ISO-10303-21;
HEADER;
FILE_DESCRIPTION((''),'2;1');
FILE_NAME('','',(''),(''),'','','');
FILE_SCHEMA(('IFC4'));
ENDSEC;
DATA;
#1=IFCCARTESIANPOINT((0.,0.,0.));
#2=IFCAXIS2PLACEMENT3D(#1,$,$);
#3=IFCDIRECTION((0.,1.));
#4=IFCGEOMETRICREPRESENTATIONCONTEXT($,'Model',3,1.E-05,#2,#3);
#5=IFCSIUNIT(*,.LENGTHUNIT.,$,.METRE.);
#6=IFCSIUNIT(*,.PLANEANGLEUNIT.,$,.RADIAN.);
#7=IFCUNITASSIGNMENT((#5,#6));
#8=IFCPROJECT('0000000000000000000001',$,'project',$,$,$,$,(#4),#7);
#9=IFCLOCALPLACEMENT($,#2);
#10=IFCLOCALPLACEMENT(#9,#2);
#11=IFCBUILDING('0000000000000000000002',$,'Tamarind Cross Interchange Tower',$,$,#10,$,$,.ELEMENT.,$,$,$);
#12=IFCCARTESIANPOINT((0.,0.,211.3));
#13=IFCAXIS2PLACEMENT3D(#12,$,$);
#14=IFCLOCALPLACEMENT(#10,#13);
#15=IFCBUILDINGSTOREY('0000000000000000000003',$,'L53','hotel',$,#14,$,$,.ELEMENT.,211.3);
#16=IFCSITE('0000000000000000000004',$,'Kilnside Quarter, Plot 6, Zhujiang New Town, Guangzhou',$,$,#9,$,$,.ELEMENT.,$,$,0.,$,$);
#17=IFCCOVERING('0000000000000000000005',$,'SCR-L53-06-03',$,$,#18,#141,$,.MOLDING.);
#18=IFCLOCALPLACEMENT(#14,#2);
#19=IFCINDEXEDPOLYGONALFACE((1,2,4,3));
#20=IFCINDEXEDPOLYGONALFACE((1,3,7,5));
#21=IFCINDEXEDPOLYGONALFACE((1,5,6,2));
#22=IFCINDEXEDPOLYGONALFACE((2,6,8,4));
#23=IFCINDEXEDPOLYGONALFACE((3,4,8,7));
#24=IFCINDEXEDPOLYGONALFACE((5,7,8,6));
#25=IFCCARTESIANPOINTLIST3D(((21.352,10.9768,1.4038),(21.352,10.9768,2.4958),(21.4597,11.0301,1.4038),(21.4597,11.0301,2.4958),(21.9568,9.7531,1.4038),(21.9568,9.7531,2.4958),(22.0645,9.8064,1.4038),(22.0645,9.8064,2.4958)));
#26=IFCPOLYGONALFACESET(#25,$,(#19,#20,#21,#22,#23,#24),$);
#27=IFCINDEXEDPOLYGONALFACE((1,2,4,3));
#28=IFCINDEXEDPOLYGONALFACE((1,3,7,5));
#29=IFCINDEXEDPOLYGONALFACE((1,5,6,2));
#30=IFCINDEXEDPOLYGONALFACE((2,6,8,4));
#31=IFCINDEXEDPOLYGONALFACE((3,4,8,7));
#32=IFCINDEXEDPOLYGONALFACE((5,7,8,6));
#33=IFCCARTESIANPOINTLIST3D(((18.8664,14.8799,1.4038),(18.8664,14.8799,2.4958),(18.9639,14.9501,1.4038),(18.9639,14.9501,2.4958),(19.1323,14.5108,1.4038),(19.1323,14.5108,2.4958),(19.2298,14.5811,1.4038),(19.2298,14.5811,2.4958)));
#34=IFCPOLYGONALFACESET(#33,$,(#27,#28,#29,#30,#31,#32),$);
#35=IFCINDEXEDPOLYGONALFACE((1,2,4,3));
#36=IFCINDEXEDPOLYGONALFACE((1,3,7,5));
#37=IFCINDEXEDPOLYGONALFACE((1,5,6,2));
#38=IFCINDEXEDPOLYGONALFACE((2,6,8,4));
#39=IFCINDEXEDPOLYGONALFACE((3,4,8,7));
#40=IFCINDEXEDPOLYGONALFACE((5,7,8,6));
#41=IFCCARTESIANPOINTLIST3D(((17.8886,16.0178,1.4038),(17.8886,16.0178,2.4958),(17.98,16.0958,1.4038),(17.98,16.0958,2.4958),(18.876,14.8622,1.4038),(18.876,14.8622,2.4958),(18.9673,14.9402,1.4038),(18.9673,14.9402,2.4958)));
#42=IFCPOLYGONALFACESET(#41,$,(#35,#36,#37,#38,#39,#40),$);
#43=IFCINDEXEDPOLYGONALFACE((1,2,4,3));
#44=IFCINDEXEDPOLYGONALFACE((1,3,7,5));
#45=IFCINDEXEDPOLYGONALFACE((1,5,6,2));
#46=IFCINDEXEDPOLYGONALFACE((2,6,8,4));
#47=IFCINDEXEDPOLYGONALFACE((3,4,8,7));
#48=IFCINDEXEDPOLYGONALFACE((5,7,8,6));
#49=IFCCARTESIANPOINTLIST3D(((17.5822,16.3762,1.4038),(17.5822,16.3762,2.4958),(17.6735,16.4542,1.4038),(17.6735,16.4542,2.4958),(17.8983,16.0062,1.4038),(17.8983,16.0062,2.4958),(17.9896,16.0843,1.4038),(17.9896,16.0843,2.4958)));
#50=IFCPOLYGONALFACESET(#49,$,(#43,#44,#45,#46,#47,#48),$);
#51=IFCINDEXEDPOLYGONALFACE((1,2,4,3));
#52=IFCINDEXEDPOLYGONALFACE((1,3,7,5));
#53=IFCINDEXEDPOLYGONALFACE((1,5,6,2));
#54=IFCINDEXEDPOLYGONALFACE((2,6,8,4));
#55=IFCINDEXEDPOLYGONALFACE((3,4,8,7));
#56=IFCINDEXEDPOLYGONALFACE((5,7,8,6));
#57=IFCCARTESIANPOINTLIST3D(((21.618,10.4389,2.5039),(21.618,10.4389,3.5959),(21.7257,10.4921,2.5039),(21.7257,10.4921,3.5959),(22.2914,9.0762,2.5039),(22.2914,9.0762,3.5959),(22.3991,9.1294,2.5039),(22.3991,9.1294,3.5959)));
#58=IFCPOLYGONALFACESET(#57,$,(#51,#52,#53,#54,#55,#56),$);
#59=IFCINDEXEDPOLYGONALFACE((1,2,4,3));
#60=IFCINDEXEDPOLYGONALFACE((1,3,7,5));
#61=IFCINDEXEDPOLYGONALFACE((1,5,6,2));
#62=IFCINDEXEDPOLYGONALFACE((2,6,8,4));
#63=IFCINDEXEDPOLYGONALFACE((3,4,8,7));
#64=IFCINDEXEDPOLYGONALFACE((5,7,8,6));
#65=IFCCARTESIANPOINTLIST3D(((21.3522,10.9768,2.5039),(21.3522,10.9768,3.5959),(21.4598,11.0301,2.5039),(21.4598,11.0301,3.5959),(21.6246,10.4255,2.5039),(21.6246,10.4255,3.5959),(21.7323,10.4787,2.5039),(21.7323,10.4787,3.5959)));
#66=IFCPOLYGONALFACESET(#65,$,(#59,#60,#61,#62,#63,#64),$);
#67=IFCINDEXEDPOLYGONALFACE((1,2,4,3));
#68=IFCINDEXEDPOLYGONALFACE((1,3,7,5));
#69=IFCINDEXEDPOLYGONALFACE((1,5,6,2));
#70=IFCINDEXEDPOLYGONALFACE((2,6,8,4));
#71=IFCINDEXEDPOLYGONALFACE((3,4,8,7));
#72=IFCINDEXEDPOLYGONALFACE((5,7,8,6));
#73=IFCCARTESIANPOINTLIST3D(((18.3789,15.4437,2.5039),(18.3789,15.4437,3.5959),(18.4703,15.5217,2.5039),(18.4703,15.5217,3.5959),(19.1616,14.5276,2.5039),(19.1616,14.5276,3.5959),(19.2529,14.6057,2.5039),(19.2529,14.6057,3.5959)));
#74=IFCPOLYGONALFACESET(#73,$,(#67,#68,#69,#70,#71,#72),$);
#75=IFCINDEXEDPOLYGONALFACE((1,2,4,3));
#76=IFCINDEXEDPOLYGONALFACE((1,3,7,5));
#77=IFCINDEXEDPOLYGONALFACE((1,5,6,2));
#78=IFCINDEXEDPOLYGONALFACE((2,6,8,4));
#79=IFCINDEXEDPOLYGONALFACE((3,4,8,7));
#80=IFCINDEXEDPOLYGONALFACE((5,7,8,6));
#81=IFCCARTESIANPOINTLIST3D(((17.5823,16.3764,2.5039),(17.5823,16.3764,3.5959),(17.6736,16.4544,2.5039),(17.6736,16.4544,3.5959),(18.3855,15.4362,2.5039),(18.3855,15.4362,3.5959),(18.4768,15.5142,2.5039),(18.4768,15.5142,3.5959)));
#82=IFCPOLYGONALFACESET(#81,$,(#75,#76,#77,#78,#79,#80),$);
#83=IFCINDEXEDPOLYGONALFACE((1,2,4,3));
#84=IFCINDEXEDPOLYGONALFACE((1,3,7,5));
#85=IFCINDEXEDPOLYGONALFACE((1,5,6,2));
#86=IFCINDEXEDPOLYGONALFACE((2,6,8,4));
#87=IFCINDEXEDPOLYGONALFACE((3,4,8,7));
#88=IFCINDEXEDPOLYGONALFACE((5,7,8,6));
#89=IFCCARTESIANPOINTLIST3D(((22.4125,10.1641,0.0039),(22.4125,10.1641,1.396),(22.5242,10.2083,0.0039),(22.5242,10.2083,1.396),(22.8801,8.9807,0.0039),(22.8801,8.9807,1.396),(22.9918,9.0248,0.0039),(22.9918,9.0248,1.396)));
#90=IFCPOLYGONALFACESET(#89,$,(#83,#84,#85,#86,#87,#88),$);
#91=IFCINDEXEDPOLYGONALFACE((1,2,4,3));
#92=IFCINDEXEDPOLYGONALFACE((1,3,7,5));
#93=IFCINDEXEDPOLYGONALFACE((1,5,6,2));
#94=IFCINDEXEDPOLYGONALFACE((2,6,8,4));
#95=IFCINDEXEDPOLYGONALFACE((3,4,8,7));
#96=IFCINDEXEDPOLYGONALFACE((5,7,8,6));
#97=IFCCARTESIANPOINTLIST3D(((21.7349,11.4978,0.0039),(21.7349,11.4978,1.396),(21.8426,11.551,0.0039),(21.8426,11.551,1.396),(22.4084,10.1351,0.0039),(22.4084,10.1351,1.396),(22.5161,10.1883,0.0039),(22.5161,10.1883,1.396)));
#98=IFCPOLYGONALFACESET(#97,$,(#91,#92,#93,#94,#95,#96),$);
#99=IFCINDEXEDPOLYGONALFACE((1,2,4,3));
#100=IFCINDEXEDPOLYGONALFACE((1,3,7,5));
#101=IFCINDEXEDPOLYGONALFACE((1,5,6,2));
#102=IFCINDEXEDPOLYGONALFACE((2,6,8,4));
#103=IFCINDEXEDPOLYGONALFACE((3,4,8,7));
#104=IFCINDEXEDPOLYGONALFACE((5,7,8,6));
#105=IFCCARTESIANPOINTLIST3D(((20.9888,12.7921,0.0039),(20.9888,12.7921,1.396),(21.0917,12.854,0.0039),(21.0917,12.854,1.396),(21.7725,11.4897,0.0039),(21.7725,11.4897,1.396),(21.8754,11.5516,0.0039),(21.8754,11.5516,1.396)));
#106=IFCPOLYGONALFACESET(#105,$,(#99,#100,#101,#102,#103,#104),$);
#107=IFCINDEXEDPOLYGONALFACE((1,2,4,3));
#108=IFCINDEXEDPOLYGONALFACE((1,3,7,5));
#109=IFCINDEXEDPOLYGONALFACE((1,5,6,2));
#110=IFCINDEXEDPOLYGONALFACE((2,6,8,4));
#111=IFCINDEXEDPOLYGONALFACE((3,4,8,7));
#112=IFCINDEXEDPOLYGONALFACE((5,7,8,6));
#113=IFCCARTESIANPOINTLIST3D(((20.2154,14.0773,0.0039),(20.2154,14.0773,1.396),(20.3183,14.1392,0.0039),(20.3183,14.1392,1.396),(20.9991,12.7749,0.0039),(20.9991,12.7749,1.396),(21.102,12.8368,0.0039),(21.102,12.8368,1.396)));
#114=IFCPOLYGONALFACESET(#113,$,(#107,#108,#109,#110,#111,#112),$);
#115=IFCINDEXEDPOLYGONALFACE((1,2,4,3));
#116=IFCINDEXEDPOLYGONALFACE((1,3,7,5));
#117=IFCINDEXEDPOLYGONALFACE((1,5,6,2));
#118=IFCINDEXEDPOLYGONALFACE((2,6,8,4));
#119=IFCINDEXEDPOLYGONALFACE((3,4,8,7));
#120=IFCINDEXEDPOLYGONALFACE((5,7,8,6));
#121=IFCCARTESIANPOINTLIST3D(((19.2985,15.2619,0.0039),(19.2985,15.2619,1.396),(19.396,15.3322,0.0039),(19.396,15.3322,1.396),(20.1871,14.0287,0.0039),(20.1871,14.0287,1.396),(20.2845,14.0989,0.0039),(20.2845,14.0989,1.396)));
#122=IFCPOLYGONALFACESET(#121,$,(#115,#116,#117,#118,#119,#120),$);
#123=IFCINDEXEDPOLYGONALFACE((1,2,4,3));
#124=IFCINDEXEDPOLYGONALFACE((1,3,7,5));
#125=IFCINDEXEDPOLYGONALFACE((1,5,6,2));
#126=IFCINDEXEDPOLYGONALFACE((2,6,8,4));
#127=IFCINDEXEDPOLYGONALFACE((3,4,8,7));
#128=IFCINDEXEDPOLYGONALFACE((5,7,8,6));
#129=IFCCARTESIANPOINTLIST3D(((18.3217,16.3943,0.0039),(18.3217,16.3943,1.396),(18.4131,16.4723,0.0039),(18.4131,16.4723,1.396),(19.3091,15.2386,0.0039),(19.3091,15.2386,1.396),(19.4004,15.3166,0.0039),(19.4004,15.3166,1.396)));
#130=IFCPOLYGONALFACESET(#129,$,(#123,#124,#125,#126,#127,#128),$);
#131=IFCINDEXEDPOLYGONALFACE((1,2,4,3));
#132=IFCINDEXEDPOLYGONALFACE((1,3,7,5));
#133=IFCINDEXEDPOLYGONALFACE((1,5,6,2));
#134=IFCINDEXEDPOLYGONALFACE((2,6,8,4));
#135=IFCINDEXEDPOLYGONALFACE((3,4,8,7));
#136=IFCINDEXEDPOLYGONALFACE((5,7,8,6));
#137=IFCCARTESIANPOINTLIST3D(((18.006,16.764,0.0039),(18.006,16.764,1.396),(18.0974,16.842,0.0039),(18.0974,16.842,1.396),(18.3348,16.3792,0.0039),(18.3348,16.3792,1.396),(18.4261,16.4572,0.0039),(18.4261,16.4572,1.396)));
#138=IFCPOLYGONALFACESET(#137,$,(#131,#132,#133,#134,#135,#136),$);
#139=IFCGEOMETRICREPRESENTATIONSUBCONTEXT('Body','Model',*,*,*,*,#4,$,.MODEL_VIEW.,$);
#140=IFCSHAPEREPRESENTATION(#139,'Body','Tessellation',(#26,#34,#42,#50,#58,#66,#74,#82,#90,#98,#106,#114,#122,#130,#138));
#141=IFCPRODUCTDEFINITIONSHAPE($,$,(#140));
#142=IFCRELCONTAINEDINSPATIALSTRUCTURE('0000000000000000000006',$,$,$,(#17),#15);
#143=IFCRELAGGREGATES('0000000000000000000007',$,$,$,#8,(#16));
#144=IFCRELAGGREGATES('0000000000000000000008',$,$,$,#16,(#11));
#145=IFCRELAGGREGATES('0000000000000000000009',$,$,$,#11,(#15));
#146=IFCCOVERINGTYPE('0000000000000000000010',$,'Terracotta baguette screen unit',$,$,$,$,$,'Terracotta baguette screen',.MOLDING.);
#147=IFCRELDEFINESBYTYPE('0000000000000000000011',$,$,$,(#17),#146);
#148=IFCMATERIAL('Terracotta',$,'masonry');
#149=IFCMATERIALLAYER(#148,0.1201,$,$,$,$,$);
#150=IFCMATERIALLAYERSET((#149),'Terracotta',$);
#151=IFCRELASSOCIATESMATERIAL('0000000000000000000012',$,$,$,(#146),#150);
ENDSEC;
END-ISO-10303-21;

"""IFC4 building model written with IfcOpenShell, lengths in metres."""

from ifc_helpers import new_model, si_unit, direction, frame, origin, origin_2d, place, context, subcontext, project, spatial, rectangle, extrude, material, layer, layer_set, type_object, element, save


model = new_model("IFC4")

# Units and contexts
model_context = context("Model", 3, precision=1e-05, world=origin(), true_north=direction((0.0, 1.0)))
body_context = subcontext(model_context, "Body", "Model", "MODEL_VIEW")
ifc_project = project(units=[si_unit("LENGTHUNIT", "METRE"), si_unit("PLANEANGLEUNIT", "RADIAN")], contexts=[model_context])

# Site, building, storey
site_placement = place(None, origin())
site = spatial("IfcSite", under=ifc_project, at=site_placement, Name="Kilnside Quarter, Plot 6, Zhujiang New Town, Guangzhou", CompositionType="ELEMENT", RefElevation=0.0)
building_placement = place(site_placement, origin())
building = spatial("IfcBuilding", under=site, at=building_placement, Name="Tamarind Cross Interchange Tower", CompositionType="ELEMENT")
storey_placement = place(building_placement, frame((0.0, 0.0, 211.3)))
storey = spatial("IfcBuildingStorey", under=building, at=storey_placement, Name="L53", Description="hotel", CompositionType="ELEMENT", Elevation=211.3)

# Covering
ifc_material_1 = material(Name="Terracotta", Category="masonry")
ifc_layer_1 = layer(ifc_material_1, 0.1201)
ifc_layer_set_1 = layer_set([ifc_layer_1], Name="Terracotta")
covering_type = type_object("IfcCoveringType", Name="Terracotta baguette screen unit", ElementType="Terracotta baguette screen", PredefinedType="MOLDING", material=ifc_layer_set_1)
covering_1_placement = place(storey_placement, origin())
element("IfcCovering", 1, at=covering_1_placement, inside=storey, type_object=covering_type, Name="SCR-L53-06-03", PredefinedType="MOLDING", context=body_context, shape_type="SweptSolid", body=[
    extrude(rectangle(XDim=1.365, YDim=0.1201, at=origin_2d()), frame((21.7083, 10.3916, 1.4038), z_axis=(0.0, 0.0, 1.0), x_axis=(-0.443059, 0.896493, 0.0)), (0.0, 0.0, 1.0), 1.092),
    extrude(rectangle(XDim=0.4548, YDim=0.1201, at=origin_2d()), frame((19.0481, 14.7305, 1.4038), z_axis=(0.0, 0.0, 1.0), x_axis=(-0.584574, 0.81134, 0.0)), (0.0, 0.0, 1.0), 1.092),
    extrude(rectangle(XDim=1.52, YDim=0.1201, at=origin_2d()), frame((18.428, 15.479, 1.4038), z_axis=(0.0, 0.0, 1.0), x_axis=(-0.649577, 0.760296, 0.0)), (0.0, 0.0, 1.0), 1.092),
    extrude(rectangle(XDim=0.4866, YDim=0.1201, at=origin_2d()), frame((17.7859, 16.2302, 1.4038), z_axis=(0.0, 0.0, 1.0), x_axis=(-0.649577, 0.760296, 0.0)), (0.0, 0.0, 1.0), 1.092),
    extrude(rectangle(XDim=1.52, YDim=0.1201, at=origin_2d()), frame((22.0085, 9.7842, 2.5039), z_axis=(0.0, 0.0, 1.0), x_axis=(-0.443059, 0.896493, 0.0)), (0.0, 0.0, 1.0), 1.092),
    extrude(rectangle(XDim=0.615, YDim=0.1201, at=origin_2d()), frame((21.5422, 10.7278, 2.5039), z_axis=(0.0, 0.0, 1.0), x_axis=(-0.443059, 0.896493, 0.0)), (0.0, 0.0, 1.0), 1.092),
    extrude(rectangle(XDim=1.2048, YDim=0.1201, at=origin_2d()), frame((18.8159, 15.0247, 2.5039), z_axis=(0.0, 0.0, 1.0), x_axis=(-0.649577, 0.760296, 0.0)), (0.0, 0.0, 1.0), 1.092),
    extrude(rectangle(XDim=1.2366, YDim=0.1201, at=origin_2d()), frame((18.0295, 15.9453, 2.5039), z_axis=(0.0, 0.0, 1.0), x_axis=(-0.649577, 0.760296, 0.0)), (0.0, 0.0, 1.0), 1.092),
    extrude(rectangle(XDim=1.2725, YDim=0.1201, at=origin_2d()), frame((22.7021, 9.5945, 0.0039), z_axis=(0.0, 0.0, 1.0), x_axis=(-0.367514, 0.930018, 0.0)), (0.0, 0.0, 1.0), 1.3921),
    extrude(rectangle(XDim=1.52, YDim=0.1201, at=origin_2d()), frame((22.1255, 10.843, 0.0039), z_axis=(0.0, 0.0, 1.0), x_axis=(-0.443059, 0.896493, 0.0)), (0.0, 0.0, 1.0), 1.3921),
    extrude(rectangle(XDim=1.52, YDim=0.1201, at=origin_2d()), frame((21.4321, 12.1719, 0.0039), z_axis=(0.0, 0.0, 1.0), x_axis=(-0.515577, 0.856843, 0.0)), (0.0, 0.0, 1.0), 1.3921),
    extrude(rectangle(XDim=1.52, YDim=0.1201, at=origin_2d()), frame((20.6587, 13.457, 0.0039), z_axis=(0.0, 0.0, 1.0), x_axis=(-0.515577, 0.856843, 0.0)), (0.0, 0.0, 1.0), 1.3921),
    extrude(rectangle(XDim=1.52, YDim=0.1201, at=origin_2d()), frame((19.7915, 14.6804, 0.0039), z_axis=(0.0, 0.0, 1.0), x_axis=(-0.584574, 0.81134, 0.0)), (0.0, 0.0, 1.0), 1.3921),
    extrude(rectangle(XDim=1.52, YDim=0.1201, at=origin_2d()), frame((18.8611, 15.8555, 0.0039), z_axis=(0.0, 0.0, 1.0), x_axis=(-0.649577, 0.760296, 0.0)), (0.0, 0.0, 1.0), 1.3921),
    extrude(rectangle(XDim=0.5061, YDim=0.1201, at=origin_2d()), frame((18.2161, 16.6106, 0.0039), z_axis=(0.0, 0.0, 1.0), x_axis=(-0.649577, 0.760296, 0.0)), (0.0, 0.0, 1.0), 1.3921),
])

save(model, "model.ifc")
